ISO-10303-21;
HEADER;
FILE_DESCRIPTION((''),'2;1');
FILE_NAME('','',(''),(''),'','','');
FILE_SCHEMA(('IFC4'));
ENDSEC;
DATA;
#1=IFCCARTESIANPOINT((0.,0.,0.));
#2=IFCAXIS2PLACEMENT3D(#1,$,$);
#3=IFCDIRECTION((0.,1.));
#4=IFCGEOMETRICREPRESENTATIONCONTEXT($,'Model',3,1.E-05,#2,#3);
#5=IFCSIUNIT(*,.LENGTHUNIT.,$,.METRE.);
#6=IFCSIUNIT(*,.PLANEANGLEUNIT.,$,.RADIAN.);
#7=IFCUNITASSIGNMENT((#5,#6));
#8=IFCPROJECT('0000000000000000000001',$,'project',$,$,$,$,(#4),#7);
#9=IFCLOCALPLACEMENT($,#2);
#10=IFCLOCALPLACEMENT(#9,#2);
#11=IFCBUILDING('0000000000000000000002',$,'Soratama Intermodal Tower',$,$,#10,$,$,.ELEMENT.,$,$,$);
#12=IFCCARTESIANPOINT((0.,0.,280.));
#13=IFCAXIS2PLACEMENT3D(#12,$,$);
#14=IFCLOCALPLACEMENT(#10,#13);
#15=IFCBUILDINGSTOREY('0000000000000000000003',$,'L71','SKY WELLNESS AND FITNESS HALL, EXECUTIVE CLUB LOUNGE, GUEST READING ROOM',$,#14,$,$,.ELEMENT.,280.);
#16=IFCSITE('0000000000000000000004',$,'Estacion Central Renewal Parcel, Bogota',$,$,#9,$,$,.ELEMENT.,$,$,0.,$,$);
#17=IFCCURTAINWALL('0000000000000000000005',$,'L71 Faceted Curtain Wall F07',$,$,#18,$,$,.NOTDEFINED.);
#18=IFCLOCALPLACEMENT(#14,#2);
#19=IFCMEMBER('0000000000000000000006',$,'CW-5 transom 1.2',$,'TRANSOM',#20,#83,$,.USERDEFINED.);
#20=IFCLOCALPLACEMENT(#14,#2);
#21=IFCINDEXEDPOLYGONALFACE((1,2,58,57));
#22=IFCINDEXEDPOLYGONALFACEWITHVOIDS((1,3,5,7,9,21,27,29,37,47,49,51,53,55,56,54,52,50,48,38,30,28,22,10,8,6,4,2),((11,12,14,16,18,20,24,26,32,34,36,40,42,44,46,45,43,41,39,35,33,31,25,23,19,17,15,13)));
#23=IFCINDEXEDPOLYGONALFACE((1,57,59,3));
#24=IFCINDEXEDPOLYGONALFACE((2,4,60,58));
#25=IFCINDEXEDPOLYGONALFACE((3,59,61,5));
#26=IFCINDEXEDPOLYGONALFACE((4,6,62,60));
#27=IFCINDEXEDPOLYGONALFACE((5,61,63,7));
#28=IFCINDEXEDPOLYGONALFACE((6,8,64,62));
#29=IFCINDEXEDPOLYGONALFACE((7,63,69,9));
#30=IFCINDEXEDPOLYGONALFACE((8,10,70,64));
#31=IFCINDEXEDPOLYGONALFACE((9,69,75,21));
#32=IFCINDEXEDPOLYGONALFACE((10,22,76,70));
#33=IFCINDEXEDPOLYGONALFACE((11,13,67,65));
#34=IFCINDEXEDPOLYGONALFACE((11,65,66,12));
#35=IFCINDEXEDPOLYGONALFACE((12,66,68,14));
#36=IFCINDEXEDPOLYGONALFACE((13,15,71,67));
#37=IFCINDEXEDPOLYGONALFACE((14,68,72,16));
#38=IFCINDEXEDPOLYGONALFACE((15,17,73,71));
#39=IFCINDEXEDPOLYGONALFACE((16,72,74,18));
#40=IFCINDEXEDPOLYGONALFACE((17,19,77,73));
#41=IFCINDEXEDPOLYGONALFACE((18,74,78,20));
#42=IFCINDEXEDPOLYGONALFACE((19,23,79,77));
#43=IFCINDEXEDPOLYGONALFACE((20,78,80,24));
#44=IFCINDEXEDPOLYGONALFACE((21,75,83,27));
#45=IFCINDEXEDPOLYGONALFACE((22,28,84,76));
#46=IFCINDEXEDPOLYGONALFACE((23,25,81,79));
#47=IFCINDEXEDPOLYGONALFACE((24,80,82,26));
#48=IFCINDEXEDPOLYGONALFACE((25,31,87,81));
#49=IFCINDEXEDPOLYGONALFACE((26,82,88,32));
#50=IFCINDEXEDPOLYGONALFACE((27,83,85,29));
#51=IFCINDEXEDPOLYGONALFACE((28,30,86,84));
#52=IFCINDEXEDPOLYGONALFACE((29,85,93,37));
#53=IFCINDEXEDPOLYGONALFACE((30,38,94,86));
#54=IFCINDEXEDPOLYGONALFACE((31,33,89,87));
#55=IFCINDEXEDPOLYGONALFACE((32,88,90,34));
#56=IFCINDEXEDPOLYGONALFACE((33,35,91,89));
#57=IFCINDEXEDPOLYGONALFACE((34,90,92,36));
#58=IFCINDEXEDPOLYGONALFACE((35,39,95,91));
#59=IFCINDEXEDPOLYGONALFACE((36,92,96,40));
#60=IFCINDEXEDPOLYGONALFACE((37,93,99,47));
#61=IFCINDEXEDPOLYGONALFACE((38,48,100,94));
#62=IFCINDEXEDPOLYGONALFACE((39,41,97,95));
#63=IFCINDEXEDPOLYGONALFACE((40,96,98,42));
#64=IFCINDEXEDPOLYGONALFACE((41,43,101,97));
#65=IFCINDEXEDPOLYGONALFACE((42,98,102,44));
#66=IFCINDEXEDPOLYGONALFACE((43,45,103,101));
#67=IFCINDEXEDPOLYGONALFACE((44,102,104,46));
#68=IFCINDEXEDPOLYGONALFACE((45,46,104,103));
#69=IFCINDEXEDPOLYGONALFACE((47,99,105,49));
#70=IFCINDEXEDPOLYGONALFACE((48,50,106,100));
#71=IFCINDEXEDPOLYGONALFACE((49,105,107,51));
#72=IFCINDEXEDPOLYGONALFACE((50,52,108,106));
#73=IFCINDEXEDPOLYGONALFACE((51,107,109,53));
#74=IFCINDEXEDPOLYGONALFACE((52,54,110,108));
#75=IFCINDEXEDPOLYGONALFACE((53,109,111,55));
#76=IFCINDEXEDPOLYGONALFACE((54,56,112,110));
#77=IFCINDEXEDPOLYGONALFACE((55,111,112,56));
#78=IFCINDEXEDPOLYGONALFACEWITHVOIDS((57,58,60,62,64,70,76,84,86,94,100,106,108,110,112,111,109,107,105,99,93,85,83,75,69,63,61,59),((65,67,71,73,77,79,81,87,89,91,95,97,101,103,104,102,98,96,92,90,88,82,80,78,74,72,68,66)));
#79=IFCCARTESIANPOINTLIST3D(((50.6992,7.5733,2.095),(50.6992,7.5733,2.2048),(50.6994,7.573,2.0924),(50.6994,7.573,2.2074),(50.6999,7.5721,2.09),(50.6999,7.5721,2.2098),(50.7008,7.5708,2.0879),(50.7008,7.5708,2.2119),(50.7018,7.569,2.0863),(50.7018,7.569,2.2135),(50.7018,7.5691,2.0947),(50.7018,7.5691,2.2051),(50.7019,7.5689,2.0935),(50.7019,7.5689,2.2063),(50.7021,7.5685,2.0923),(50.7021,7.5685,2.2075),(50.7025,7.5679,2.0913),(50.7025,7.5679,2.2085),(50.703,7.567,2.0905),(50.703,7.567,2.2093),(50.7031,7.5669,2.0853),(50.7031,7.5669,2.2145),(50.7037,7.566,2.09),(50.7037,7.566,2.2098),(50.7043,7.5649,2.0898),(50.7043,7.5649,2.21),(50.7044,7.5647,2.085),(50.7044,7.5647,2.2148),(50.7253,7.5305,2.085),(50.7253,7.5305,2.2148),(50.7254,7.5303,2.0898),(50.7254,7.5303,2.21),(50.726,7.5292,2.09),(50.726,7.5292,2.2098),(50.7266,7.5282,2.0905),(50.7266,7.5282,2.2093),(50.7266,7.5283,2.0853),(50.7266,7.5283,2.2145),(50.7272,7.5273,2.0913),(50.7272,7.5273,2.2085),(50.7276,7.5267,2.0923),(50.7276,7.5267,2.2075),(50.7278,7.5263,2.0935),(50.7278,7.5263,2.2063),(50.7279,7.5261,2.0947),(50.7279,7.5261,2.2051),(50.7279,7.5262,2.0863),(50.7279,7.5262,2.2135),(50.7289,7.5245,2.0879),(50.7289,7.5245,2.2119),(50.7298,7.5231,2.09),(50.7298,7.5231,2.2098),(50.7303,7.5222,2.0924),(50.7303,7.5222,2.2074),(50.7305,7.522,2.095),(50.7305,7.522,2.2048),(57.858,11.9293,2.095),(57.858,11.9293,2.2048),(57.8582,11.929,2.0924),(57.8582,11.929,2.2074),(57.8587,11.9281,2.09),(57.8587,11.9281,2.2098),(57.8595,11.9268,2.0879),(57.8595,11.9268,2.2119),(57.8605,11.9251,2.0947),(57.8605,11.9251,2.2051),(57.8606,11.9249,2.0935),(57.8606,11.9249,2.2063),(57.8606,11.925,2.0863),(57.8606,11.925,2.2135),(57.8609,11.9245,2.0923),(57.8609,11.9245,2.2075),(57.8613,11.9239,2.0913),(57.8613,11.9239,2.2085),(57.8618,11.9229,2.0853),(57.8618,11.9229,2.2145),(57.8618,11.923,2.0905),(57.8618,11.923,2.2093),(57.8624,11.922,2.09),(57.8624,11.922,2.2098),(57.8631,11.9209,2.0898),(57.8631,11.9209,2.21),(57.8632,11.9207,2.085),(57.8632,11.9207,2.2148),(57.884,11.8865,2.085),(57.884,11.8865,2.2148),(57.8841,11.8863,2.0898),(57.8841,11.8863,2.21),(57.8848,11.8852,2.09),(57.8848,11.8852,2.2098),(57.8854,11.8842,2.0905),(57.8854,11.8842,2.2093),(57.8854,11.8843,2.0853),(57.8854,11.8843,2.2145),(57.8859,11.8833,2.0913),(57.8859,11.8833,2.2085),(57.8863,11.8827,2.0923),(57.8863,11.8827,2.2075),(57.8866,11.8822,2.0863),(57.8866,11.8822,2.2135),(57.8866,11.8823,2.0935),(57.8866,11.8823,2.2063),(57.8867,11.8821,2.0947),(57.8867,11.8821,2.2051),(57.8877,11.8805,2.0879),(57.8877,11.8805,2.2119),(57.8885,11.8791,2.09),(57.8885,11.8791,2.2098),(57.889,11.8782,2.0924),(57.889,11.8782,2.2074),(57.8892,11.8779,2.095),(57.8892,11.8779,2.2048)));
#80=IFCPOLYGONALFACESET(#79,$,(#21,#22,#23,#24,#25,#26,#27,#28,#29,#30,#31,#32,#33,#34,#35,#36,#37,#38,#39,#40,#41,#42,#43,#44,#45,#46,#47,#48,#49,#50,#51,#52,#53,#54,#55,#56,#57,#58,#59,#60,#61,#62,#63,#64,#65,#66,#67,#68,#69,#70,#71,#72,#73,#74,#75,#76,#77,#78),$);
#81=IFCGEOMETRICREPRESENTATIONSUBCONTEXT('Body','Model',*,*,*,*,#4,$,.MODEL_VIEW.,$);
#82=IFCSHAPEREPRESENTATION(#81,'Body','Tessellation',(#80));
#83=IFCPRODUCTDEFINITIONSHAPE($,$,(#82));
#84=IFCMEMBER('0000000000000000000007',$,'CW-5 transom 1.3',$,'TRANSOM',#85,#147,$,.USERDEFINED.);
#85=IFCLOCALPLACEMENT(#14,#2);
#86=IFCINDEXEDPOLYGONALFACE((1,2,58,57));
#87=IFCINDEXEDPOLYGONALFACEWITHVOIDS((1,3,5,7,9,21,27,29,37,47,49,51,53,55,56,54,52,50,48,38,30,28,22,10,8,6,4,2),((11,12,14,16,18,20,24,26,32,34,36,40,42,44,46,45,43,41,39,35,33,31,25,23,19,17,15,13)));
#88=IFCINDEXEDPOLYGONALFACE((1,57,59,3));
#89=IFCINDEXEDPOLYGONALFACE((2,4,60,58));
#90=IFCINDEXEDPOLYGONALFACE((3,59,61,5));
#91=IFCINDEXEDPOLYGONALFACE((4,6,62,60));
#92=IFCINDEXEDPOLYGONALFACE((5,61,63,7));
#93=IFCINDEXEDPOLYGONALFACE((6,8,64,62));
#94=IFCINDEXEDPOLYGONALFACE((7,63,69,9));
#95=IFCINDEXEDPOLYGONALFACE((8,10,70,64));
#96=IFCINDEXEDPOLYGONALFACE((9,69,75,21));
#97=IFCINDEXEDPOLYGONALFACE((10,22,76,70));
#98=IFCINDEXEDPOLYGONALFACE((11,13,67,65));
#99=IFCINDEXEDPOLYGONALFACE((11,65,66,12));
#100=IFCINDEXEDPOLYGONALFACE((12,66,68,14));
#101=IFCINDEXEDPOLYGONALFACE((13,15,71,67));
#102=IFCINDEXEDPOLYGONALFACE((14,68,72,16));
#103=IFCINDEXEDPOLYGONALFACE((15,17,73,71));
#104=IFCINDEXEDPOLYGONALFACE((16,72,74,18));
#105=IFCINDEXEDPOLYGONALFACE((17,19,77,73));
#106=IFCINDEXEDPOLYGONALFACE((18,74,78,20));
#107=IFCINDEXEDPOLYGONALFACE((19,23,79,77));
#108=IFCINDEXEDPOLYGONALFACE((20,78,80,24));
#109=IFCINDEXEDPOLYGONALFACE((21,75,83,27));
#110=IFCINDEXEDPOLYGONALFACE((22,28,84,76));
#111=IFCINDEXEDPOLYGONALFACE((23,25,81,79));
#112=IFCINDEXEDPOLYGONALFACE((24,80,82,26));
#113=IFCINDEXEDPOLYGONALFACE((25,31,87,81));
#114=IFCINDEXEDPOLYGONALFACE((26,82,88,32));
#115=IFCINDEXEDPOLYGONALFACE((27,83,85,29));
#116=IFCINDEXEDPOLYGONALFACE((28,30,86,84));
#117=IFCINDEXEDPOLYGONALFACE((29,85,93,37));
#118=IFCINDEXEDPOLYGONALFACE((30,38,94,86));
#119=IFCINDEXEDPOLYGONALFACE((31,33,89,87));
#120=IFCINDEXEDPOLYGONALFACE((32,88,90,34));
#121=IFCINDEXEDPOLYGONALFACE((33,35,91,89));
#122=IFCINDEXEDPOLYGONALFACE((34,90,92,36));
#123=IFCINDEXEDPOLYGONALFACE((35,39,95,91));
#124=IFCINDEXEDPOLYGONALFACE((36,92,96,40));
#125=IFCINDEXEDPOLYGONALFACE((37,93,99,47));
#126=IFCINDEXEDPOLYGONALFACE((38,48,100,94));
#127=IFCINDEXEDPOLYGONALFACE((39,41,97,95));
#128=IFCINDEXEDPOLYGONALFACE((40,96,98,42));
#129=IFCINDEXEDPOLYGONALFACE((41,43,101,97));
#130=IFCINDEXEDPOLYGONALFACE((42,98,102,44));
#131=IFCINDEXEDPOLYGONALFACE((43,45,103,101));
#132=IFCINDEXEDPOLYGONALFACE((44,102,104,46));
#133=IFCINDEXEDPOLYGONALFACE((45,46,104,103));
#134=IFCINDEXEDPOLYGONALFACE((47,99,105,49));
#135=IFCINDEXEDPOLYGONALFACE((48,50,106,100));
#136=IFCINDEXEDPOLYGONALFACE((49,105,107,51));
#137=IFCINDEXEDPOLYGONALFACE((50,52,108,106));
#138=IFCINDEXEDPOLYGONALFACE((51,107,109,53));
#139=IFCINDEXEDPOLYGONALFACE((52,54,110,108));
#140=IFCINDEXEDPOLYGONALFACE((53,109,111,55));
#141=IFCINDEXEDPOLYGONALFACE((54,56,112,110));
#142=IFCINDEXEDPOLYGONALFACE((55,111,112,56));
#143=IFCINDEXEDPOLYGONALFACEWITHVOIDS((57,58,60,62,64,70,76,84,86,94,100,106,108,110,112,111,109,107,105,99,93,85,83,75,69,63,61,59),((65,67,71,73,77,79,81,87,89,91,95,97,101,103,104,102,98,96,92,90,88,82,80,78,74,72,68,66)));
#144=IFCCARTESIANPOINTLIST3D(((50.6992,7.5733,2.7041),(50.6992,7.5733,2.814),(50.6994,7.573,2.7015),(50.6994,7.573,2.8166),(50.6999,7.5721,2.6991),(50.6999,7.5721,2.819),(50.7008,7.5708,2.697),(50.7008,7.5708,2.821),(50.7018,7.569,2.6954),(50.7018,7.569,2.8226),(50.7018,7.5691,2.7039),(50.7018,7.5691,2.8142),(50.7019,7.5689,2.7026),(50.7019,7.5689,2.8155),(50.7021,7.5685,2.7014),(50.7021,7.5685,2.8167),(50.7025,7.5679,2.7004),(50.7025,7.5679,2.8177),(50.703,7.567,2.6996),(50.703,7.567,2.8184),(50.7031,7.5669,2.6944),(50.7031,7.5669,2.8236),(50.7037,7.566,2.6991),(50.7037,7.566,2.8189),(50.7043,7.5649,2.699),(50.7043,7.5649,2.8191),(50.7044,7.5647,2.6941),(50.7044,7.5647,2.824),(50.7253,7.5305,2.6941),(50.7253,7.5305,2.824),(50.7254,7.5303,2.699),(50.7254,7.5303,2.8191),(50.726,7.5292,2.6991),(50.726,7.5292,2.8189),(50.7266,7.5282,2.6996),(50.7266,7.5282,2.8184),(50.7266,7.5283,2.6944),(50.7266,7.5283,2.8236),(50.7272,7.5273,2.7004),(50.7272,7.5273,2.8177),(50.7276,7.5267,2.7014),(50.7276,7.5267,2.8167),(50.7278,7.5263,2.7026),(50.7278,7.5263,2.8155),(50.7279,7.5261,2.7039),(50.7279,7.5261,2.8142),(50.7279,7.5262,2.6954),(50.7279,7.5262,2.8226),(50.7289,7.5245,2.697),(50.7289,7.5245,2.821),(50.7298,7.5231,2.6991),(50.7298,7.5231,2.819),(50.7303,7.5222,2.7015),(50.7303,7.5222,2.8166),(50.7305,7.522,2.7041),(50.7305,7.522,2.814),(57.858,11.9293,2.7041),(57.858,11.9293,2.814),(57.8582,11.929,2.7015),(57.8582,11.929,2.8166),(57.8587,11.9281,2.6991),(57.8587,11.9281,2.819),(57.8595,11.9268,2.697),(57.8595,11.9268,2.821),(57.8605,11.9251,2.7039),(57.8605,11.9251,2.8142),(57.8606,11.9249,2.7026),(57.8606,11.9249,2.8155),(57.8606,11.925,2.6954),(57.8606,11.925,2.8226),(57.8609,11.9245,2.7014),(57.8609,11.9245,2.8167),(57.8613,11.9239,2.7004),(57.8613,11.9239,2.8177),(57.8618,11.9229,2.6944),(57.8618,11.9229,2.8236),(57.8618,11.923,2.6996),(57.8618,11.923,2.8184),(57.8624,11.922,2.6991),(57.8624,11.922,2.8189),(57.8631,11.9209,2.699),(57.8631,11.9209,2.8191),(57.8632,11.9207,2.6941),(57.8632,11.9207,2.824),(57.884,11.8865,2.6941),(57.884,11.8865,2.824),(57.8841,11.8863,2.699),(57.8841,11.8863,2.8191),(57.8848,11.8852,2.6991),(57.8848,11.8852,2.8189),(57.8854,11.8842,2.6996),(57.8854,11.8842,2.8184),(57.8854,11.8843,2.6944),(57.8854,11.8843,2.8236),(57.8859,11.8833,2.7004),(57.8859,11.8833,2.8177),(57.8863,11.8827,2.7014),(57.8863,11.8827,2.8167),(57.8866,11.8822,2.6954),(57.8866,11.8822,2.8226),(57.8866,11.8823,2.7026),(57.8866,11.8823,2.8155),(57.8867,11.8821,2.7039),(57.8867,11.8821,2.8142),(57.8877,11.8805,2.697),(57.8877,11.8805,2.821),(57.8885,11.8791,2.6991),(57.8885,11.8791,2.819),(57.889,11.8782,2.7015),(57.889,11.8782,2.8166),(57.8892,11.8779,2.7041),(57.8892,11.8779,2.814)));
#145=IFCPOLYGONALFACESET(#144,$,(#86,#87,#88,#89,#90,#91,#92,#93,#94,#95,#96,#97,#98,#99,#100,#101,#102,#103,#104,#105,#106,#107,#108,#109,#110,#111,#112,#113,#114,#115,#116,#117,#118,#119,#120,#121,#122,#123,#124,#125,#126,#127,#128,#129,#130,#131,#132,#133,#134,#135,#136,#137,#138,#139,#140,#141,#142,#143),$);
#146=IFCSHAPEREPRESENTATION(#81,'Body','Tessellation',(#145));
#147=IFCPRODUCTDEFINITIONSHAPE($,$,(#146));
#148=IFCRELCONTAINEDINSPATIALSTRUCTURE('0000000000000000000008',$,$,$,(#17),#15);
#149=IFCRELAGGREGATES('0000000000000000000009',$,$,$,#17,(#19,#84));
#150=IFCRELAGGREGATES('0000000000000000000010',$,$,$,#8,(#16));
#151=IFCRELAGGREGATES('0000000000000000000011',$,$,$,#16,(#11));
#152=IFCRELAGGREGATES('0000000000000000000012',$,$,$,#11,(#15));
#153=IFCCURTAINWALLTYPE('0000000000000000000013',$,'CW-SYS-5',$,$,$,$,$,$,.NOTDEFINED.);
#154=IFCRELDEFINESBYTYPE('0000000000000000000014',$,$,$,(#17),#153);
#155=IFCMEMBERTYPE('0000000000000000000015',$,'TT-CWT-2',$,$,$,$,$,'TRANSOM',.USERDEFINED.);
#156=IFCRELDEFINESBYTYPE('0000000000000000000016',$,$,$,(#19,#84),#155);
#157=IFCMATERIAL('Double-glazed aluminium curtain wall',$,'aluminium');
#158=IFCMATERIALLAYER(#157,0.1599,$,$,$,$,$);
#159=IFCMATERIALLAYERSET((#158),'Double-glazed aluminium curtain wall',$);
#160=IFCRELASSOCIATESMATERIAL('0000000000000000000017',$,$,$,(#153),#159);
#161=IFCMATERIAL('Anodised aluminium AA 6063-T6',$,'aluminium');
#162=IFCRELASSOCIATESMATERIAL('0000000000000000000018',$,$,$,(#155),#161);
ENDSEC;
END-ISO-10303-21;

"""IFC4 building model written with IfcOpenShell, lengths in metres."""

from ifc_helpers import new_model, si_unit, direction, frame, origin, origin_2d, place, context, subcontext, project, spatial, hollow_rectangle, extrude, material, layer, layer_set, material_profile, profile_set, type_object, element, aggregate, save


model = new_model("IFC4")

# Units and contexts
model_context = context("Model", 3, precision=1e-05, world=origin(), true_north=direction((0.0, 1.0)))
body_context = subcontext(model_context, "Body", "Model", "MODEL_VIEW")
ifc_project = project(units=[si_unit("LENGTHUNIT", "METRE"), si_unit("PLANEANGLEUNIT", "RADIAN")], contexts=[model_context])

# Site, building, storey
site_placement = place(None, origin())
site = spatial("IfcSite", under=ifc_project, at=site_placement, Name="Estacion Central Renewal Parcel, Bogota", CompositionType="ELEMENT", RefElevation=0.0)
building_placement = place(site_placement, origin())
building = spatial("IfcBuilding", under=site, at=building_placement, Name="Soratama Intermodal Tower", CompositionType="ELEMENT")
storey_placement = place(building_placement, frame((0.0, 0.0, 280.0)))
storey = spatial("IfcBuildingStorey", under=building, at=storey_placement, Name="L71", Description="SKY WELLNESS AND FITNESS HALL, EXECUTIVE CLUB LOUNGE, GUEST READING ROOM", CompositionType="ELEMENT", Elevation=280.0)

# Curtain wall
ifc_material_1 = material(Name="Double-glazed aluminium curtain wall", Category="aluminium")
ifc_layer_1 = layer(ifc_material_1, 0.1599)
ifc_layer_set_1 = layer_set([ifc_layer_1], Name="Double-glazed aluminium curtain wall")
curtain_wall_type = type_object("IfcCurtainWallType", Name="CW-SYS-5", PredefinedType="NOTDEFINED", material=ifc_layer_set_1)
curtain_wall_1_placement = place(storey_placement, origin())
curtain_wall_1 = element("IfcCurtainWall", 1, at=curtain_wall_1_placement, inside=storey, type_object=curtain_wall_type, Name="L71 Faceted Curtain Wall F07", PredefinedType="NOTDEFINED")

# Members
ifc_material_2 = material(Name="Anodised aluminium AA 6063-T6", Category="aluminium")
ifc_material_profile_1 = material_profile(ifc_material_2, hollow_rectangle(XDim=0.0601, YDim=0.1299, WallThickness=0.0049, InnerFilletRadius=0.0049, OuterFilletRadius=0.01, at=origin_2d()), Name="CWT130X60X5")
ifc_profile_set_1 = profile_set([ifc_material_profile_1], Name="Anodised aluminium AA 6063-T6")
member_type_1 = type_object("IfcMemberType", Name="TT-CWT-2", ElementType="TRANSOM", PredefinedType="USERDEFINED", material=ifc_profile_set_1)
member_1_placement = place(storey_placement, frame((50.7148, 7.5476, 2.1499), z_axis=(0.854278, 0.519816, 0.0), x_axis=(-0.519816, 0.854278, 0.0)))
member_1 = element("IfcMember", 2, at=member_1_placement, type_object=member_type_1, Name="CW-5 transom 1.2", ObjectType="TRANSOM", PredefinedType="USERDEFINED", context=body_context, shape_type="SweptSolid", body=[
    extrude(hollow_rectangle(XDim=0.0601, YDim=0.1299, WallThickness=0.0049, InnerFilletRadius=0.0049, OuterFilletRadius=0.01, at=origin_2d()), origin(), (0.0, 0.0, 1.0), 8.3799),
])
member_2_placement = place(storey_placement, frame((50.7148, 7.5476, 2.759), z_axis=(0.854278, 0.519816, 0.0), x_axis=(-0.519816, 0.854278, 0.0)))
member_2 = element("IfcMember", 3, at=member_2_placement, type_object=member_type_1, Name="CW-5 transom 1.3", ObjectType="TRANSOM", PredefinedType="USERDEFINED", context=body_context, shape_type="SweptSolid", body=[
    extrude(hollow_rectangle(XDim=0.0601, YDim=0.1299, WallThickness=0.0049, InnerFilletRadius=0.0049, OuterFilletRadius=0.01, at=origin_2d()), origin(), (0.0, 0.0, 1.0), 8.3799),
])

aggregate(curtain_wall_1, [member_1, member_2])

save(model, "model.ifc")
